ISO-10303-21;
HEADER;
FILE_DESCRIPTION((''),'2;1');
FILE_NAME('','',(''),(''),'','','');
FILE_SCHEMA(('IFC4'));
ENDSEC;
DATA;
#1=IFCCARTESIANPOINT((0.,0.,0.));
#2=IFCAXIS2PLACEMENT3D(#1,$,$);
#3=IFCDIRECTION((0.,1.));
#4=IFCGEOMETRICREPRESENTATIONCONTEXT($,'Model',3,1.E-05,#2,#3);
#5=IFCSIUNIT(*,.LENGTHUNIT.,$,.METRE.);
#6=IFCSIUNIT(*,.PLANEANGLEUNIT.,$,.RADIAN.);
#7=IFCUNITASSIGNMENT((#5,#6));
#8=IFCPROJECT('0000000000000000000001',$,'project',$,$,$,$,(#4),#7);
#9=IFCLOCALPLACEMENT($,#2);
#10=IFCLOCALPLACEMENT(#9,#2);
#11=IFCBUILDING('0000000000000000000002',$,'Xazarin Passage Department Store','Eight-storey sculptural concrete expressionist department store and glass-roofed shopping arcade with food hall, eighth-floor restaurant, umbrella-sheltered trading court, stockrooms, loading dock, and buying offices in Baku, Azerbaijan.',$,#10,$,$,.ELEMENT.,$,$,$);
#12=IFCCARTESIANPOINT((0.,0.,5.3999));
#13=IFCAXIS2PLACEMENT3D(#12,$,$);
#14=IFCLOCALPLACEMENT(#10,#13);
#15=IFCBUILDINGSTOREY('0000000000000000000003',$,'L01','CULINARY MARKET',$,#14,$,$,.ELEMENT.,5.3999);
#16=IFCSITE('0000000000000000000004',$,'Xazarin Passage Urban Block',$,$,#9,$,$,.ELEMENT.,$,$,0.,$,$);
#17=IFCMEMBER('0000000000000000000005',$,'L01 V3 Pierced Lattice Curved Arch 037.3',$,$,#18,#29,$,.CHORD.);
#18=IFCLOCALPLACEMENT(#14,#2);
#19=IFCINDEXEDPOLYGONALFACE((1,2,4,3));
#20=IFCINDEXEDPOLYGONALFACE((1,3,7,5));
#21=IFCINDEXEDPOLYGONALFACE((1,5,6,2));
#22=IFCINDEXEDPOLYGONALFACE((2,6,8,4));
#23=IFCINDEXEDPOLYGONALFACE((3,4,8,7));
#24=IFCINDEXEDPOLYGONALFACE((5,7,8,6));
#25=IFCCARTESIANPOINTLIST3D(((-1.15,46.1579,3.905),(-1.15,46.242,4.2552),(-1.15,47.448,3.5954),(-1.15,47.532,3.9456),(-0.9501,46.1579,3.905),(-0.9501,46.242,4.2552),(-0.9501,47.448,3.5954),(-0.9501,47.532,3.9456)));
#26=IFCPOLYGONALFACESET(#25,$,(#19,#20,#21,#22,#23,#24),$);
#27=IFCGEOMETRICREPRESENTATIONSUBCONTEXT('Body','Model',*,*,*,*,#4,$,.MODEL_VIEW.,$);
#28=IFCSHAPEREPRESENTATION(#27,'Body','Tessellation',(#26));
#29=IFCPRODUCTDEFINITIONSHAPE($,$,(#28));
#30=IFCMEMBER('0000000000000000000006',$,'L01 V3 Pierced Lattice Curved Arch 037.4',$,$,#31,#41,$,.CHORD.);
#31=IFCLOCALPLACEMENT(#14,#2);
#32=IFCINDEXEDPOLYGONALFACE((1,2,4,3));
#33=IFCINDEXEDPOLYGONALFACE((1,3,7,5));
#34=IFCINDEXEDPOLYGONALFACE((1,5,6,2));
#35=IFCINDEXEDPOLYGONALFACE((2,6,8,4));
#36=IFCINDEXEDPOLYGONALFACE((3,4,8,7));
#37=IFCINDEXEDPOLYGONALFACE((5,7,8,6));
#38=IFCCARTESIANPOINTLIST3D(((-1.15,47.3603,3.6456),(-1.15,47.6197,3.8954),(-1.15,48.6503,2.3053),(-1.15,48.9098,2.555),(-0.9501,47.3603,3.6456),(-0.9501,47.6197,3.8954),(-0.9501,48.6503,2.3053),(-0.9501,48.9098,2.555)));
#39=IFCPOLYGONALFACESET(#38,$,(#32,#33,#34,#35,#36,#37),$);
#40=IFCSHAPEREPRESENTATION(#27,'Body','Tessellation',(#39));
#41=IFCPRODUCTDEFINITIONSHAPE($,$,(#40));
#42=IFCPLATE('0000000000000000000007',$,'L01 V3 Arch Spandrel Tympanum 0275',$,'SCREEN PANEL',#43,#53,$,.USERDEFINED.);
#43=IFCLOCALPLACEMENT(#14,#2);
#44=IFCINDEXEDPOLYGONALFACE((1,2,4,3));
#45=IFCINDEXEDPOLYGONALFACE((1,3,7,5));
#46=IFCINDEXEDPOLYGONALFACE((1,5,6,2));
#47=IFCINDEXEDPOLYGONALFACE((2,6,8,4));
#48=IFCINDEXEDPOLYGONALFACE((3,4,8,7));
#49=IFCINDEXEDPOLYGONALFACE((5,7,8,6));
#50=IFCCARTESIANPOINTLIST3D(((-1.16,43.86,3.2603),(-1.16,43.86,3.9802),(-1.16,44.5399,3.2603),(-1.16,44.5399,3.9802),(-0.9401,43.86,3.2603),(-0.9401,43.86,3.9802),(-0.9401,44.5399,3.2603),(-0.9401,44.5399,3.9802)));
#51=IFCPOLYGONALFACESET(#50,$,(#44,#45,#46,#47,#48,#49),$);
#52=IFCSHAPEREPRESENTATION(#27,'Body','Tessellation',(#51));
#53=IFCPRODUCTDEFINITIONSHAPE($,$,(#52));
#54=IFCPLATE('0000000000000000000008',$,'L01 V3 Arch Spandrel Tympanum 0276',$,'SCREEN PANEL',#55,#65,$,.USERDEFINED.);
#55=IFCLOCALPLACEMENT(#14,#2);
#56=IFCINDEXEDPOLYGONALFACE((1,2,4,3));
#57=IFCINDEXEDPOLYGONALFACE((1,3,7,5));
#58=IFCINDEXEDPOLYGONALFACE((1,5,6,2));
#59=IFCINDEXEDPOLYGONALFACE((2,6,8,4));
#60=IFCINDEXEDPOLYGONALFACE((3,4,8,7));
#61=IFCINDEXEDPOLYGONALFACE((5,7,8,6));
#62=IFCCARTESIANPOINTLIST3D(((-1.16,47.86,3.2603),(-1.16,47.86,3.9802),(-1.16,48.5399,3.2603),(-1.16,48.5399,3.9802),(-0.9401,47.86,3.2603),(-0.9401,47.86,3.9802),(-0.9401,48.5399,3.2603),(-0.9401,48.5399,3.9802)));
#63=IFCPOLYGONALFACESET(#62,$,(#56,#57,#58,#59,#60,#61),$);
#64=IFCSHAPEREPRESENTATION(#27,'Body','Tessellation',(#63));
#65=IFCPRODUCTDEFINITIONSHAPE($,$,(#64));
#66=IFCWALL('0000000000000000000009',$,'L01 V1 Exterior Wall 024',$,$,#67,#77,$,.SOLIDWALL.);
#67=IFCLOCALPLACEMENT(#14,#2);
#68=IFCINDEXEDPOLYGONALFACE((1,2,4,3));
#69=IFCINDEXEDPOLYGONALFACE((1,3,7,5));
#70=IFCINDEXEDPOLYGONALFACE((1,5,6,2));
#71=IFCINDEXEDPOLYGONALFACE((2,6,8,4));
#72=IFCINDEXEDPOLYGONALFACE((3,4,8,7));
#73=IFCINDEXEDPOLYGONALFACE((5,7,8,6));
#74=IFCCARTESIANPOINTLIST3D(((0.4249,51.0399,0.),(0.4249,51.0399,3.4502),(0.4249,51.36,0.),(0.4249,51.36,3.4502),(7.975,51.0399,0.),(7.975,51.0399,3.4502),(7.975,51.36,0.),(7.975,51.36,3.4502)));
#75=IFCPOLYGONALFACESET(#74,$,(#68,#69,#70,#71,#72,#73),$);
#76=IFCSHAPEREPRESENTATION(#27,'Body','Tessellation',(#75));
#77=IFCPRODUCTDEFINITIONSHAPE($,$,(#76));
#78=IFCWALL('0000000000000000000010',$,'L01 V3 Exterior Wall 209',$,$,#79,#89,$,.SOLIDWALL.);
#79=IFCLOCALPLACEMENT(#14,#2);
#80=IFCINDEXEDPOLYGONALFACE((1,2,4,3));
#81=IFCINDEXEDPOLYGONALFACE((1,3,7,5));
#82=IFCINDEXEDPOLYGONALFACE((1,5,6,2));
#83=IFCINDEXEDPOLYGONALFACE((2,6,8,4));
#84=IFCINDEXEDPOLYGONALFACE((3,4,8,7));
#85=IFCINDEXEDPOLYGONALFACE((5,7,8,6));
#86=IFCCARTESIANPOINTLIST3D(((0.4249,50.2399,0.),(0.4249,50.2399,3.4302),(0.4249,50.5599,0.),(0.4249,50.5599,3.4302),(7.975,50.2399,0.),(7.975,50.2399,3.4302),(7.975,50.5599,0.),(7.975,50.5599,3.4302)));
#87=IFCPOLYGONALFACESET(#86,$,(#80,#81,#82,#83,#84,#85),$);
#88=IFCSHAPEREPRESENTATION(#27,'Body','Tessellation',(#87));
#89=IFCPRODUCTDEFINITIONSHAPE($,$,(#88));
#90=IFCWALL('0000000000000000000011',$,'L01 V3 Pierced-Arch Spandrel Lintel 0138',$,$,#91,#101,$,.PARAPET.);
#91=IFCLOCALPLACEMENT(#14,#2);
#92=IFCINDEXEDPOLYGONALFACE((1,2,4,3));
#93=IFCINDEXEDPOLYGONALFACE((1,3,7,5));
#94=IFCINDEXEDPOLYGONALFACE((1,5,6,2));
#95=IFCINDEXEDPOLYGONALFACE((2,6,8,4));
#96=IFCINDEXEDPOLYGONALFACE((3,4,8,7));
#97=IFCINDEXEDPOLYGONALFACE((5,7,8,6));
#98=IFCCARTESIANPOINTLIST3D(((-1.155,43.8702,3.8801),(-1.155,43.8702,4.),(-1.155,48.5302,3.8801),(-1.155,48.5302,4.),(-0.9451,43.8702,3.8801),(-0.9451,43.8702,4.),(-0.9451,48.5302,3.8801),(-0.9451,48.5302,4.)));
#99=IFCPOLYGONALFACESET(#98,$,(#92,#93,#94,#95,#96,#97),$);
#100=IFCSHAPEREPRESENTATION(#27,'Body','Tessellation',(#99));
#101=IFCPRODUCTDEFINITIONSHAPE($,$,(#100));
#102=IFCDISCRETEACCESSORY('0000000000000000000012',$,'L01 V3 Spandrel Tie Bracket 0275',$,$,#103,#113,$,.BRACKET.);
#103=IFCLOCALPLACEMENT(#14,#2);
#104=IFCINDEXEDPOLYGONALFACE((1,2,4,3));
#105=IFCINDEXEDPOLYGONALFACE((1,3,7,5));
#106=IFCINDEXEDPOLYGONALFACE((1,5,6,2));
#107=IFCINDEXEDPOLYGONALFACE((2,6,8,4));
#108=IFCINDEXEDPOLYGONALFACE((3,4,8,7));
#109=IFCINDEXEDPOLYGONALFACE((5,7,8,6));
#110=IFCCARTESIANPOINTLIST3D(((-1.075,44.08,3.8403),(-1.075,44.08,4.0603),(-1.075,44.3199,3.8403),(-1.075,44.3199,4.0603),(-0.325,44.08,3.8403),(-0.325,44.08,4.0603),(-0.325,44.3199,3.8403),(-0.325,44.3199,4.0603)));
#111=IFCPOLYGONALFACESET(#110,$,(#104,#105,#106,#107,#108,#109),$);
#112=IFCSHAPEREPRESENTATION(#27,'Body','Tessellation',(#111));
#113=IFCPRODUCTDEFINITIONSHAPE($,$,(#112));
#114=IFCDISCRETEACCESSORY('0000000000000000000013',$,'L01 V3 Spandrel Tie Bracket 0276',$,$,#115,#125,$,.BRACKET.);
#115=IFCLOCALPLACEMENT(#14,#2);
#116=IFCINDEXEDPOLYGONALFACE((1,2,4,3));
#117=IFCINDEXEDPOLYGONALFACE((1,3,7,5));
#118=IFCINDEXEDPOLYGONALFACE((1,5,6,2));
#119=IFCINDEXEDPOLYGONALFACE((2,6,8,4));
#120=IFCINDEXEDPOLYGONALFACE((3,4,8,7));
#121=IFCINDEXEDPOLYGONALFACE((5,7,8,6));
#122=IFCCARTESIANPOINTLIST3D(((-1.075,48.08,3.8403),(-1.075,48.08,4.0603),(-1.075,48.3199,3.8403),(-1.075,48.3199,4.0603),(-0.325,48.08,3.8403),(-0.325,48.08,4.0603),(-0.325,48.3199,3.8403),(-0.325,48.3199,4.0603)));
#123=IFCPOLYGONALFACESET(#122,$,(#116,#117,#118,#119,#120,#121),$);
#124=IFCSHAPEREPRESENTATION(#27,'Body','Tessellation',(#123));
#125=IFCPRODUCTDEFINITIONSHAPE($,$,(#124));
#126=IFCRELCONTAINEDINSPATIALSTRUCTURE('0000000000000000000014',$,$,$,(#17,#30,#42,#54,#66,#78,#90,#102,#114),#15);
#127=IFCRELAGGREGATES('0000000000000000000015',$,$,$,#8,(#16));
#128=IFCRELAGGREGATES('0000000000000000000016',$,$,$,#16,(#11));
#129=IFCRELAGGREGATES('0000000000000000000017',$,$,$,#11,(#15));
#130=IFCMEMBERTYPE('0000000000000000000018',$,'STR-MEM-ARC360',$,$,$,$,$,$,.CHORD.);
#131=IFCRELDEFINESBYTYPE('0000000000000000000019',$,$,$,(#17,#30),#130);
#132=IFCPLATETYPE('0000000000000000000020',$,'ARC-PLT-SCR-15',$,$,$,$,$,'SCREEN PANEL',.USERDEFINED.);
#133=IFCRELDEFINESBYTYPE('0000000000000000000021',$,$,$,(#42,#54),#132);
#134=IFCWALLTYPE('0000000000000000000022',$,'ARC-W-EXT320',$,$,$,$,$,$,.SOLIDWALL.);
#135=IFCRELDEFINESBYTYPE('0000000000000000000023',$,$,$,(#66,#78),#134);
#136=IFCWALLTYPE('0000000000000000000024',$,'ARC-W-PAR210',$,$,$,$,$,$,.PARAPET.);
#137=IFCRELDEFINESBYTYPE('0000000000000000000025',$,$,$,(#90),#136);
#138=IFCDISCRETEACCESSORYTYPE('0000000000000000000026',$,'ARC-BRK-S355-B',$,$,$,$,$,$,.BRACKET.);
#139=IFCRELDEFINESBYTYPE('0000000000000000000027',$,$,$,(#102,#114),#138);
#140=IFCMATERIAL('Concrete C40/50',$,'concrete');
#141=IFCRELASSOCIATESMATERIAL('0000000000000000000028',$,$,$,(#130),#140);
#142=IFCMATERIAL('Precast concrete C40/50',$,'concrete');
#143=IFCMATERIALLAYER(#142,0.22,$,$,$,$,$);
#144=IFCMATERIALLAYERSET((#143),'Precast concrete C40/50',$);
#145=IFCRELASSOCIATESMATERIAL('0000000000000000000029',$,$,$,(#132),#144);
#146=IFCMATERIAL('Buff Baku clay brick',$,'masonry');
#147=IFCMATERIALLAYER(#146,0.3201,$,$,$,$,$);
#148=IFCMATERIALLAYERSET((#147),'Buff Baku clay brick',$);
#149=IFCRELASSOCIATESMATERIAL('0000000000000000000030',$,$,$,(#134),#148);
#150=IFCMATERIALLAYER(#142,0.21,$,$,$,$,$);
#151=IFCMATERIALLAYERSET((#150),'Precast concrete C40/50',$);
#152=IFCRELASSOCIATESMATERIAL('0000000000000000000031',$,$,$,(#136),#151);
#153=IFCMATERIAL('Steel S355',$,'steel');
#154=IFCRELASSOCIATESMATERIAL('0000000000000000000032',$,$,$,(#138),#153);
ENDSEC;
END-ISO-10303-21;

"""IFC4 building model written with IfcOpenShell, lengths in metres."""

from ifc_helpers import new_model, si_unit, direction, frame, frame_2d, origin, origin_2d, place, context, subcontext, project, spatial, rectangle, extrude, material, layer, layer_set, material_profile, profile_set, type_object, element, save


model = new_model("IFC4")

# Units and contexts
model_context = context("Model", 3, precision=1e-05, world=origin(), true_north=direction((0.0, 1.0)))
body_context = subcontext(model_context, "Body", "Model", "MODEL_VIEW")
ifc_project = project(units=[si_unit("LENGTHUNIT", "METRE"), si_unit("PLANEANGLEUNIT", "RADIAN")], contexts=[model_context])

# Site, building, storey
site_placement = place(None, origin())
site = spatial("IfcSite", under=ifc_project, at=site_placement, Name="Xazarin Passage Urban Block", CompositionType="ELEMENT", RefElevation=0.0)
building_placement = place(site_placement, origin())
building = spatial("IfcBuilding", under=site, at=building_placement, Name="Xazarin Passage Department Store", Description="Eight-storey sculptural concrete expressionist department store and glass-roofed shopping arcade with food hall, eighth-floor restaurant, umbrella-sheltered trading court, stockrooms, loading dock, and buying offices in Baku, Azerbaijan.", CompositionType="ELEMENT")
storey_placement = place(building_placement, frame((0.0, 0.0, 5.3999)))
storey = spatial("IfcBuildingStorey", under=building, at=storey_placement, Name="L01", Description="CULINARY MARKET", CompositionType="ELEMENT", Elevation=5.3999)

# Shared definitions
ifc_material_1 = material(Name="Concrete C40/50", Category="concrete")

# Members
ifc_material_profile_1 = material_profile(ifc_material_1, rectangle(XDim=0.2, YDim=0.3601, at=origin_2d()), Name="RC 200x360")
ifc_profile_set_1 = profile_set([ifc_material_profile_1], Name="Concrete C40/50")
member_type_1 = type_object("IfcMemberType", Name="STR-MEM-ARC360", PredefinedType="CHORD", material=ifc_profile_set_1)
for number, where, z_axis, x_axis, name in (
    (1, (-1.05, 46.2, 4.0801), (0.0, 0.972394, -0.233345), (-1.0, 0.0, 0.0), "L01 V3 Pierced Lattice Curved Arch 037.3"),
):
    element("IfcMember", number, at=place(storey_placement, frame(where, z_axis=z_axis, x_axis=x_axis)), inside=storey, type_object=member_type_1, Name=name, PredefinedType="CHORD", context=body_context, shape_type="SweptSolid", body=[
        extrude(rectangle(XDim=0.2, YDim=0.3601, at=origin_2d()), origin(), (0.0, 0.0, 1.0), 1.3267),
    ])
member_1_placement = place(storey_placement, frame((-1.05, 47.49, 3.7705), z_axis=(0.0, 0.69346, -0.720495), x_axis=(-1.0, 0.0, 0.0)))
element("IfcMember", 2, at=member_1_placement, inside=storey, type_object=member_type_1, Name="L01 V3 Pierced Lattice Curved Arch 037.4", PredefinedType="CHORD", context=body_context, shape_type="SweptSolid", body=[
    extrude(rectangle(XDim=0.2, YDim=0.3601, at=origin_2d()), origin(), (0.0, 0.0, 1.0), 1.8604),
])

# Plates
ifc_material_2 = material(Name="Precast concrete C40/50", Category="concrete")
ifc_layer_1 = layer(ifc_material_2, 0.22)
ifc_layer_set_1 = layer_set([ifc_layer_1], Name="Precast concrete C40/50")
plate_type = type_object("IfcPlateType", Name="ARC-PLT-SCR-15", ElementType="SCREEN PANEL", PredefinedType="USERDEFINED", material=ifc_layer_set_1)
for number, where, z_axis, x_axis, name in (
    (3, (-1.05, 44.2, 3.2603), (0.0, 0.0, 1.0), (0.0, 1.0, 0.0), "L01 V3 Arch Spandrel Tympanum 0275"),
    (4, (-1.05, 48.2, 3.2603), (0.0, 0.0, 1.0), (0.0, 1.0, 0.0), "L01 V3 Arch Spandrel Tympanum 0276"),
):
    element("IfcPlate", number, at=place(storey_placement, frame(where, z_axis=z_axis, x_axis=x_axis)), inside=storey, type_object=plate_type, Name=name, ObjectType="SCREEN PANEL", PredefinedType="USERDEFINED", context=body_context, shape_type="SweptSolid", body=[
        extrude(rectangle(XDim=0.6799, YDim=0.22, at=origin_2d()), origin(), (0.0, 0.0, 1.0), 0.72),
    ])

# Walls
ifc_material_3 = material(Name="Buff Baku clay brick", Category="masonry")
ifc_layer_2 = layer(ifc_material_3, 0.3201)
ifc_layer_set_2 = layer_set([ifc_layer_2], Name="Buff Baku clay brick")
wall_type_1 = type_object("IfcWallType", Name="ARC-W-EXT320", PredefinedType="SOLIDWALL", material=ifc_layer_set_2)
wall_1_placement = place(storey_placement, frame((0.425, 51.2, 0.0), z_axis=(0.0, 0.0, 1.0), x_axis=(1.0, 0.0, 0.0)))
element("IfcWall", 5, at=wall_1_placement, inside=storey, type_object=wall_type_1, Name="L01 V1 Exterior Wall 024", PredefinedType="SOLIDWALL", context=body_context, shape_type="SweptSolid", body=[
    extrude(rectangle(XDim=7.55, YDim=0.3201, at=frame_2d((3.7749, 0.0))), origin(), (0.0, 0.0, 1.0), 3.4502),
])
wall_2_placement = place(storey_placement, frame((0.425, 50.3999, 0.0), z_axis=(0.0, 0.0, 1.0), x_axis=(1.0, 0.0, 0.0)))
element("IfcWall", 6, at=wall_2_placement, inside=storey, type_object=wall_type_1, Name="L01 V3 Exterior Wall 209", PredefinedType="SOLIDWALL", context=body_context, shape_type="SweptSolid", body=[
    extrude(rectangle(XDim=7.55, YDim=0.3201, at=frame_2d((3.7749, 0.0))), origin(), (0.0, 0.0, 1.0), 3.4302),
])
ifc_layer_3 = layer(ifc_material_2, 0.21)
ifc_layer_set_3 = layer_set([ifc_layer_3], Name="Precast concrete C40/50")
wall_type_2 = type_object("IfcWallType", Name="ARC-W-PAR210", PredefinedType="PARAPET", material=ifc_layer_set_3)
wall_3_placement = place(storey_placement, frame((-1.05, 43.8701, 3.8801), z_axis=(0.0, 0.0, 1.0), x_axis=(0.0, 1.0, 0.0)))
element("IfcWall", 7, at=wall_3_placement, inside=storey, type_object=wall_type_2, Name="L01 V3 Pierced-Arch Spandrel Lintel 0138", PredefinedType="PARAPET", context=body_context, shape_type="SweptSolid", body=[
    extrude(rectangle(XDim=4.6599, YDim=0.21, at=frame_2d((2.3301, 0.0))), origin(), (0.0, 0.0, 1.0), 0.1199),
])

# Discrete accessories
ifc_material_4 = material(Name="Steel S355", Category="steel")
discrete_accessory_type = type_object("IfcDiscreteAccessoryType", Name="ARC-BRK-S355-B", PredefinedType="BRACKET", material=ifc_material_4)
for number, where, z_axis, x_axis, name in (
    (8, (-0.7, 44.2, 3.8403), (0.0, 0.0, 1.0), (0.0, 1.0, 0.0), "L01 V3 Spandrel Tie Bracket 0275"),
    (9, (-0.7, 48.2, 3.8403), (0.0, 0.0, 1.0), (0.0, 1.0, 0.0), "L01 V3 Spandrel Tie Bracket 0276"),
):
    element("IfcDiscreteAccessory", number, at=place(storey_placement, frame(where, z_axis=z_axis, x_axis=x_axis)), inside=storey, type_object=discrete_accessory_type, Name=name, PredefinedType="BRACKET", context=body_context, shape_type="SweptSolid", body=[
        extrude(rectangle(XDim=0.24, YDim=0.75, at=origin_2d()), origin(), (0.0, 0.0, 1.0), 0.22),
    ])

save(model, "model.ifc")
